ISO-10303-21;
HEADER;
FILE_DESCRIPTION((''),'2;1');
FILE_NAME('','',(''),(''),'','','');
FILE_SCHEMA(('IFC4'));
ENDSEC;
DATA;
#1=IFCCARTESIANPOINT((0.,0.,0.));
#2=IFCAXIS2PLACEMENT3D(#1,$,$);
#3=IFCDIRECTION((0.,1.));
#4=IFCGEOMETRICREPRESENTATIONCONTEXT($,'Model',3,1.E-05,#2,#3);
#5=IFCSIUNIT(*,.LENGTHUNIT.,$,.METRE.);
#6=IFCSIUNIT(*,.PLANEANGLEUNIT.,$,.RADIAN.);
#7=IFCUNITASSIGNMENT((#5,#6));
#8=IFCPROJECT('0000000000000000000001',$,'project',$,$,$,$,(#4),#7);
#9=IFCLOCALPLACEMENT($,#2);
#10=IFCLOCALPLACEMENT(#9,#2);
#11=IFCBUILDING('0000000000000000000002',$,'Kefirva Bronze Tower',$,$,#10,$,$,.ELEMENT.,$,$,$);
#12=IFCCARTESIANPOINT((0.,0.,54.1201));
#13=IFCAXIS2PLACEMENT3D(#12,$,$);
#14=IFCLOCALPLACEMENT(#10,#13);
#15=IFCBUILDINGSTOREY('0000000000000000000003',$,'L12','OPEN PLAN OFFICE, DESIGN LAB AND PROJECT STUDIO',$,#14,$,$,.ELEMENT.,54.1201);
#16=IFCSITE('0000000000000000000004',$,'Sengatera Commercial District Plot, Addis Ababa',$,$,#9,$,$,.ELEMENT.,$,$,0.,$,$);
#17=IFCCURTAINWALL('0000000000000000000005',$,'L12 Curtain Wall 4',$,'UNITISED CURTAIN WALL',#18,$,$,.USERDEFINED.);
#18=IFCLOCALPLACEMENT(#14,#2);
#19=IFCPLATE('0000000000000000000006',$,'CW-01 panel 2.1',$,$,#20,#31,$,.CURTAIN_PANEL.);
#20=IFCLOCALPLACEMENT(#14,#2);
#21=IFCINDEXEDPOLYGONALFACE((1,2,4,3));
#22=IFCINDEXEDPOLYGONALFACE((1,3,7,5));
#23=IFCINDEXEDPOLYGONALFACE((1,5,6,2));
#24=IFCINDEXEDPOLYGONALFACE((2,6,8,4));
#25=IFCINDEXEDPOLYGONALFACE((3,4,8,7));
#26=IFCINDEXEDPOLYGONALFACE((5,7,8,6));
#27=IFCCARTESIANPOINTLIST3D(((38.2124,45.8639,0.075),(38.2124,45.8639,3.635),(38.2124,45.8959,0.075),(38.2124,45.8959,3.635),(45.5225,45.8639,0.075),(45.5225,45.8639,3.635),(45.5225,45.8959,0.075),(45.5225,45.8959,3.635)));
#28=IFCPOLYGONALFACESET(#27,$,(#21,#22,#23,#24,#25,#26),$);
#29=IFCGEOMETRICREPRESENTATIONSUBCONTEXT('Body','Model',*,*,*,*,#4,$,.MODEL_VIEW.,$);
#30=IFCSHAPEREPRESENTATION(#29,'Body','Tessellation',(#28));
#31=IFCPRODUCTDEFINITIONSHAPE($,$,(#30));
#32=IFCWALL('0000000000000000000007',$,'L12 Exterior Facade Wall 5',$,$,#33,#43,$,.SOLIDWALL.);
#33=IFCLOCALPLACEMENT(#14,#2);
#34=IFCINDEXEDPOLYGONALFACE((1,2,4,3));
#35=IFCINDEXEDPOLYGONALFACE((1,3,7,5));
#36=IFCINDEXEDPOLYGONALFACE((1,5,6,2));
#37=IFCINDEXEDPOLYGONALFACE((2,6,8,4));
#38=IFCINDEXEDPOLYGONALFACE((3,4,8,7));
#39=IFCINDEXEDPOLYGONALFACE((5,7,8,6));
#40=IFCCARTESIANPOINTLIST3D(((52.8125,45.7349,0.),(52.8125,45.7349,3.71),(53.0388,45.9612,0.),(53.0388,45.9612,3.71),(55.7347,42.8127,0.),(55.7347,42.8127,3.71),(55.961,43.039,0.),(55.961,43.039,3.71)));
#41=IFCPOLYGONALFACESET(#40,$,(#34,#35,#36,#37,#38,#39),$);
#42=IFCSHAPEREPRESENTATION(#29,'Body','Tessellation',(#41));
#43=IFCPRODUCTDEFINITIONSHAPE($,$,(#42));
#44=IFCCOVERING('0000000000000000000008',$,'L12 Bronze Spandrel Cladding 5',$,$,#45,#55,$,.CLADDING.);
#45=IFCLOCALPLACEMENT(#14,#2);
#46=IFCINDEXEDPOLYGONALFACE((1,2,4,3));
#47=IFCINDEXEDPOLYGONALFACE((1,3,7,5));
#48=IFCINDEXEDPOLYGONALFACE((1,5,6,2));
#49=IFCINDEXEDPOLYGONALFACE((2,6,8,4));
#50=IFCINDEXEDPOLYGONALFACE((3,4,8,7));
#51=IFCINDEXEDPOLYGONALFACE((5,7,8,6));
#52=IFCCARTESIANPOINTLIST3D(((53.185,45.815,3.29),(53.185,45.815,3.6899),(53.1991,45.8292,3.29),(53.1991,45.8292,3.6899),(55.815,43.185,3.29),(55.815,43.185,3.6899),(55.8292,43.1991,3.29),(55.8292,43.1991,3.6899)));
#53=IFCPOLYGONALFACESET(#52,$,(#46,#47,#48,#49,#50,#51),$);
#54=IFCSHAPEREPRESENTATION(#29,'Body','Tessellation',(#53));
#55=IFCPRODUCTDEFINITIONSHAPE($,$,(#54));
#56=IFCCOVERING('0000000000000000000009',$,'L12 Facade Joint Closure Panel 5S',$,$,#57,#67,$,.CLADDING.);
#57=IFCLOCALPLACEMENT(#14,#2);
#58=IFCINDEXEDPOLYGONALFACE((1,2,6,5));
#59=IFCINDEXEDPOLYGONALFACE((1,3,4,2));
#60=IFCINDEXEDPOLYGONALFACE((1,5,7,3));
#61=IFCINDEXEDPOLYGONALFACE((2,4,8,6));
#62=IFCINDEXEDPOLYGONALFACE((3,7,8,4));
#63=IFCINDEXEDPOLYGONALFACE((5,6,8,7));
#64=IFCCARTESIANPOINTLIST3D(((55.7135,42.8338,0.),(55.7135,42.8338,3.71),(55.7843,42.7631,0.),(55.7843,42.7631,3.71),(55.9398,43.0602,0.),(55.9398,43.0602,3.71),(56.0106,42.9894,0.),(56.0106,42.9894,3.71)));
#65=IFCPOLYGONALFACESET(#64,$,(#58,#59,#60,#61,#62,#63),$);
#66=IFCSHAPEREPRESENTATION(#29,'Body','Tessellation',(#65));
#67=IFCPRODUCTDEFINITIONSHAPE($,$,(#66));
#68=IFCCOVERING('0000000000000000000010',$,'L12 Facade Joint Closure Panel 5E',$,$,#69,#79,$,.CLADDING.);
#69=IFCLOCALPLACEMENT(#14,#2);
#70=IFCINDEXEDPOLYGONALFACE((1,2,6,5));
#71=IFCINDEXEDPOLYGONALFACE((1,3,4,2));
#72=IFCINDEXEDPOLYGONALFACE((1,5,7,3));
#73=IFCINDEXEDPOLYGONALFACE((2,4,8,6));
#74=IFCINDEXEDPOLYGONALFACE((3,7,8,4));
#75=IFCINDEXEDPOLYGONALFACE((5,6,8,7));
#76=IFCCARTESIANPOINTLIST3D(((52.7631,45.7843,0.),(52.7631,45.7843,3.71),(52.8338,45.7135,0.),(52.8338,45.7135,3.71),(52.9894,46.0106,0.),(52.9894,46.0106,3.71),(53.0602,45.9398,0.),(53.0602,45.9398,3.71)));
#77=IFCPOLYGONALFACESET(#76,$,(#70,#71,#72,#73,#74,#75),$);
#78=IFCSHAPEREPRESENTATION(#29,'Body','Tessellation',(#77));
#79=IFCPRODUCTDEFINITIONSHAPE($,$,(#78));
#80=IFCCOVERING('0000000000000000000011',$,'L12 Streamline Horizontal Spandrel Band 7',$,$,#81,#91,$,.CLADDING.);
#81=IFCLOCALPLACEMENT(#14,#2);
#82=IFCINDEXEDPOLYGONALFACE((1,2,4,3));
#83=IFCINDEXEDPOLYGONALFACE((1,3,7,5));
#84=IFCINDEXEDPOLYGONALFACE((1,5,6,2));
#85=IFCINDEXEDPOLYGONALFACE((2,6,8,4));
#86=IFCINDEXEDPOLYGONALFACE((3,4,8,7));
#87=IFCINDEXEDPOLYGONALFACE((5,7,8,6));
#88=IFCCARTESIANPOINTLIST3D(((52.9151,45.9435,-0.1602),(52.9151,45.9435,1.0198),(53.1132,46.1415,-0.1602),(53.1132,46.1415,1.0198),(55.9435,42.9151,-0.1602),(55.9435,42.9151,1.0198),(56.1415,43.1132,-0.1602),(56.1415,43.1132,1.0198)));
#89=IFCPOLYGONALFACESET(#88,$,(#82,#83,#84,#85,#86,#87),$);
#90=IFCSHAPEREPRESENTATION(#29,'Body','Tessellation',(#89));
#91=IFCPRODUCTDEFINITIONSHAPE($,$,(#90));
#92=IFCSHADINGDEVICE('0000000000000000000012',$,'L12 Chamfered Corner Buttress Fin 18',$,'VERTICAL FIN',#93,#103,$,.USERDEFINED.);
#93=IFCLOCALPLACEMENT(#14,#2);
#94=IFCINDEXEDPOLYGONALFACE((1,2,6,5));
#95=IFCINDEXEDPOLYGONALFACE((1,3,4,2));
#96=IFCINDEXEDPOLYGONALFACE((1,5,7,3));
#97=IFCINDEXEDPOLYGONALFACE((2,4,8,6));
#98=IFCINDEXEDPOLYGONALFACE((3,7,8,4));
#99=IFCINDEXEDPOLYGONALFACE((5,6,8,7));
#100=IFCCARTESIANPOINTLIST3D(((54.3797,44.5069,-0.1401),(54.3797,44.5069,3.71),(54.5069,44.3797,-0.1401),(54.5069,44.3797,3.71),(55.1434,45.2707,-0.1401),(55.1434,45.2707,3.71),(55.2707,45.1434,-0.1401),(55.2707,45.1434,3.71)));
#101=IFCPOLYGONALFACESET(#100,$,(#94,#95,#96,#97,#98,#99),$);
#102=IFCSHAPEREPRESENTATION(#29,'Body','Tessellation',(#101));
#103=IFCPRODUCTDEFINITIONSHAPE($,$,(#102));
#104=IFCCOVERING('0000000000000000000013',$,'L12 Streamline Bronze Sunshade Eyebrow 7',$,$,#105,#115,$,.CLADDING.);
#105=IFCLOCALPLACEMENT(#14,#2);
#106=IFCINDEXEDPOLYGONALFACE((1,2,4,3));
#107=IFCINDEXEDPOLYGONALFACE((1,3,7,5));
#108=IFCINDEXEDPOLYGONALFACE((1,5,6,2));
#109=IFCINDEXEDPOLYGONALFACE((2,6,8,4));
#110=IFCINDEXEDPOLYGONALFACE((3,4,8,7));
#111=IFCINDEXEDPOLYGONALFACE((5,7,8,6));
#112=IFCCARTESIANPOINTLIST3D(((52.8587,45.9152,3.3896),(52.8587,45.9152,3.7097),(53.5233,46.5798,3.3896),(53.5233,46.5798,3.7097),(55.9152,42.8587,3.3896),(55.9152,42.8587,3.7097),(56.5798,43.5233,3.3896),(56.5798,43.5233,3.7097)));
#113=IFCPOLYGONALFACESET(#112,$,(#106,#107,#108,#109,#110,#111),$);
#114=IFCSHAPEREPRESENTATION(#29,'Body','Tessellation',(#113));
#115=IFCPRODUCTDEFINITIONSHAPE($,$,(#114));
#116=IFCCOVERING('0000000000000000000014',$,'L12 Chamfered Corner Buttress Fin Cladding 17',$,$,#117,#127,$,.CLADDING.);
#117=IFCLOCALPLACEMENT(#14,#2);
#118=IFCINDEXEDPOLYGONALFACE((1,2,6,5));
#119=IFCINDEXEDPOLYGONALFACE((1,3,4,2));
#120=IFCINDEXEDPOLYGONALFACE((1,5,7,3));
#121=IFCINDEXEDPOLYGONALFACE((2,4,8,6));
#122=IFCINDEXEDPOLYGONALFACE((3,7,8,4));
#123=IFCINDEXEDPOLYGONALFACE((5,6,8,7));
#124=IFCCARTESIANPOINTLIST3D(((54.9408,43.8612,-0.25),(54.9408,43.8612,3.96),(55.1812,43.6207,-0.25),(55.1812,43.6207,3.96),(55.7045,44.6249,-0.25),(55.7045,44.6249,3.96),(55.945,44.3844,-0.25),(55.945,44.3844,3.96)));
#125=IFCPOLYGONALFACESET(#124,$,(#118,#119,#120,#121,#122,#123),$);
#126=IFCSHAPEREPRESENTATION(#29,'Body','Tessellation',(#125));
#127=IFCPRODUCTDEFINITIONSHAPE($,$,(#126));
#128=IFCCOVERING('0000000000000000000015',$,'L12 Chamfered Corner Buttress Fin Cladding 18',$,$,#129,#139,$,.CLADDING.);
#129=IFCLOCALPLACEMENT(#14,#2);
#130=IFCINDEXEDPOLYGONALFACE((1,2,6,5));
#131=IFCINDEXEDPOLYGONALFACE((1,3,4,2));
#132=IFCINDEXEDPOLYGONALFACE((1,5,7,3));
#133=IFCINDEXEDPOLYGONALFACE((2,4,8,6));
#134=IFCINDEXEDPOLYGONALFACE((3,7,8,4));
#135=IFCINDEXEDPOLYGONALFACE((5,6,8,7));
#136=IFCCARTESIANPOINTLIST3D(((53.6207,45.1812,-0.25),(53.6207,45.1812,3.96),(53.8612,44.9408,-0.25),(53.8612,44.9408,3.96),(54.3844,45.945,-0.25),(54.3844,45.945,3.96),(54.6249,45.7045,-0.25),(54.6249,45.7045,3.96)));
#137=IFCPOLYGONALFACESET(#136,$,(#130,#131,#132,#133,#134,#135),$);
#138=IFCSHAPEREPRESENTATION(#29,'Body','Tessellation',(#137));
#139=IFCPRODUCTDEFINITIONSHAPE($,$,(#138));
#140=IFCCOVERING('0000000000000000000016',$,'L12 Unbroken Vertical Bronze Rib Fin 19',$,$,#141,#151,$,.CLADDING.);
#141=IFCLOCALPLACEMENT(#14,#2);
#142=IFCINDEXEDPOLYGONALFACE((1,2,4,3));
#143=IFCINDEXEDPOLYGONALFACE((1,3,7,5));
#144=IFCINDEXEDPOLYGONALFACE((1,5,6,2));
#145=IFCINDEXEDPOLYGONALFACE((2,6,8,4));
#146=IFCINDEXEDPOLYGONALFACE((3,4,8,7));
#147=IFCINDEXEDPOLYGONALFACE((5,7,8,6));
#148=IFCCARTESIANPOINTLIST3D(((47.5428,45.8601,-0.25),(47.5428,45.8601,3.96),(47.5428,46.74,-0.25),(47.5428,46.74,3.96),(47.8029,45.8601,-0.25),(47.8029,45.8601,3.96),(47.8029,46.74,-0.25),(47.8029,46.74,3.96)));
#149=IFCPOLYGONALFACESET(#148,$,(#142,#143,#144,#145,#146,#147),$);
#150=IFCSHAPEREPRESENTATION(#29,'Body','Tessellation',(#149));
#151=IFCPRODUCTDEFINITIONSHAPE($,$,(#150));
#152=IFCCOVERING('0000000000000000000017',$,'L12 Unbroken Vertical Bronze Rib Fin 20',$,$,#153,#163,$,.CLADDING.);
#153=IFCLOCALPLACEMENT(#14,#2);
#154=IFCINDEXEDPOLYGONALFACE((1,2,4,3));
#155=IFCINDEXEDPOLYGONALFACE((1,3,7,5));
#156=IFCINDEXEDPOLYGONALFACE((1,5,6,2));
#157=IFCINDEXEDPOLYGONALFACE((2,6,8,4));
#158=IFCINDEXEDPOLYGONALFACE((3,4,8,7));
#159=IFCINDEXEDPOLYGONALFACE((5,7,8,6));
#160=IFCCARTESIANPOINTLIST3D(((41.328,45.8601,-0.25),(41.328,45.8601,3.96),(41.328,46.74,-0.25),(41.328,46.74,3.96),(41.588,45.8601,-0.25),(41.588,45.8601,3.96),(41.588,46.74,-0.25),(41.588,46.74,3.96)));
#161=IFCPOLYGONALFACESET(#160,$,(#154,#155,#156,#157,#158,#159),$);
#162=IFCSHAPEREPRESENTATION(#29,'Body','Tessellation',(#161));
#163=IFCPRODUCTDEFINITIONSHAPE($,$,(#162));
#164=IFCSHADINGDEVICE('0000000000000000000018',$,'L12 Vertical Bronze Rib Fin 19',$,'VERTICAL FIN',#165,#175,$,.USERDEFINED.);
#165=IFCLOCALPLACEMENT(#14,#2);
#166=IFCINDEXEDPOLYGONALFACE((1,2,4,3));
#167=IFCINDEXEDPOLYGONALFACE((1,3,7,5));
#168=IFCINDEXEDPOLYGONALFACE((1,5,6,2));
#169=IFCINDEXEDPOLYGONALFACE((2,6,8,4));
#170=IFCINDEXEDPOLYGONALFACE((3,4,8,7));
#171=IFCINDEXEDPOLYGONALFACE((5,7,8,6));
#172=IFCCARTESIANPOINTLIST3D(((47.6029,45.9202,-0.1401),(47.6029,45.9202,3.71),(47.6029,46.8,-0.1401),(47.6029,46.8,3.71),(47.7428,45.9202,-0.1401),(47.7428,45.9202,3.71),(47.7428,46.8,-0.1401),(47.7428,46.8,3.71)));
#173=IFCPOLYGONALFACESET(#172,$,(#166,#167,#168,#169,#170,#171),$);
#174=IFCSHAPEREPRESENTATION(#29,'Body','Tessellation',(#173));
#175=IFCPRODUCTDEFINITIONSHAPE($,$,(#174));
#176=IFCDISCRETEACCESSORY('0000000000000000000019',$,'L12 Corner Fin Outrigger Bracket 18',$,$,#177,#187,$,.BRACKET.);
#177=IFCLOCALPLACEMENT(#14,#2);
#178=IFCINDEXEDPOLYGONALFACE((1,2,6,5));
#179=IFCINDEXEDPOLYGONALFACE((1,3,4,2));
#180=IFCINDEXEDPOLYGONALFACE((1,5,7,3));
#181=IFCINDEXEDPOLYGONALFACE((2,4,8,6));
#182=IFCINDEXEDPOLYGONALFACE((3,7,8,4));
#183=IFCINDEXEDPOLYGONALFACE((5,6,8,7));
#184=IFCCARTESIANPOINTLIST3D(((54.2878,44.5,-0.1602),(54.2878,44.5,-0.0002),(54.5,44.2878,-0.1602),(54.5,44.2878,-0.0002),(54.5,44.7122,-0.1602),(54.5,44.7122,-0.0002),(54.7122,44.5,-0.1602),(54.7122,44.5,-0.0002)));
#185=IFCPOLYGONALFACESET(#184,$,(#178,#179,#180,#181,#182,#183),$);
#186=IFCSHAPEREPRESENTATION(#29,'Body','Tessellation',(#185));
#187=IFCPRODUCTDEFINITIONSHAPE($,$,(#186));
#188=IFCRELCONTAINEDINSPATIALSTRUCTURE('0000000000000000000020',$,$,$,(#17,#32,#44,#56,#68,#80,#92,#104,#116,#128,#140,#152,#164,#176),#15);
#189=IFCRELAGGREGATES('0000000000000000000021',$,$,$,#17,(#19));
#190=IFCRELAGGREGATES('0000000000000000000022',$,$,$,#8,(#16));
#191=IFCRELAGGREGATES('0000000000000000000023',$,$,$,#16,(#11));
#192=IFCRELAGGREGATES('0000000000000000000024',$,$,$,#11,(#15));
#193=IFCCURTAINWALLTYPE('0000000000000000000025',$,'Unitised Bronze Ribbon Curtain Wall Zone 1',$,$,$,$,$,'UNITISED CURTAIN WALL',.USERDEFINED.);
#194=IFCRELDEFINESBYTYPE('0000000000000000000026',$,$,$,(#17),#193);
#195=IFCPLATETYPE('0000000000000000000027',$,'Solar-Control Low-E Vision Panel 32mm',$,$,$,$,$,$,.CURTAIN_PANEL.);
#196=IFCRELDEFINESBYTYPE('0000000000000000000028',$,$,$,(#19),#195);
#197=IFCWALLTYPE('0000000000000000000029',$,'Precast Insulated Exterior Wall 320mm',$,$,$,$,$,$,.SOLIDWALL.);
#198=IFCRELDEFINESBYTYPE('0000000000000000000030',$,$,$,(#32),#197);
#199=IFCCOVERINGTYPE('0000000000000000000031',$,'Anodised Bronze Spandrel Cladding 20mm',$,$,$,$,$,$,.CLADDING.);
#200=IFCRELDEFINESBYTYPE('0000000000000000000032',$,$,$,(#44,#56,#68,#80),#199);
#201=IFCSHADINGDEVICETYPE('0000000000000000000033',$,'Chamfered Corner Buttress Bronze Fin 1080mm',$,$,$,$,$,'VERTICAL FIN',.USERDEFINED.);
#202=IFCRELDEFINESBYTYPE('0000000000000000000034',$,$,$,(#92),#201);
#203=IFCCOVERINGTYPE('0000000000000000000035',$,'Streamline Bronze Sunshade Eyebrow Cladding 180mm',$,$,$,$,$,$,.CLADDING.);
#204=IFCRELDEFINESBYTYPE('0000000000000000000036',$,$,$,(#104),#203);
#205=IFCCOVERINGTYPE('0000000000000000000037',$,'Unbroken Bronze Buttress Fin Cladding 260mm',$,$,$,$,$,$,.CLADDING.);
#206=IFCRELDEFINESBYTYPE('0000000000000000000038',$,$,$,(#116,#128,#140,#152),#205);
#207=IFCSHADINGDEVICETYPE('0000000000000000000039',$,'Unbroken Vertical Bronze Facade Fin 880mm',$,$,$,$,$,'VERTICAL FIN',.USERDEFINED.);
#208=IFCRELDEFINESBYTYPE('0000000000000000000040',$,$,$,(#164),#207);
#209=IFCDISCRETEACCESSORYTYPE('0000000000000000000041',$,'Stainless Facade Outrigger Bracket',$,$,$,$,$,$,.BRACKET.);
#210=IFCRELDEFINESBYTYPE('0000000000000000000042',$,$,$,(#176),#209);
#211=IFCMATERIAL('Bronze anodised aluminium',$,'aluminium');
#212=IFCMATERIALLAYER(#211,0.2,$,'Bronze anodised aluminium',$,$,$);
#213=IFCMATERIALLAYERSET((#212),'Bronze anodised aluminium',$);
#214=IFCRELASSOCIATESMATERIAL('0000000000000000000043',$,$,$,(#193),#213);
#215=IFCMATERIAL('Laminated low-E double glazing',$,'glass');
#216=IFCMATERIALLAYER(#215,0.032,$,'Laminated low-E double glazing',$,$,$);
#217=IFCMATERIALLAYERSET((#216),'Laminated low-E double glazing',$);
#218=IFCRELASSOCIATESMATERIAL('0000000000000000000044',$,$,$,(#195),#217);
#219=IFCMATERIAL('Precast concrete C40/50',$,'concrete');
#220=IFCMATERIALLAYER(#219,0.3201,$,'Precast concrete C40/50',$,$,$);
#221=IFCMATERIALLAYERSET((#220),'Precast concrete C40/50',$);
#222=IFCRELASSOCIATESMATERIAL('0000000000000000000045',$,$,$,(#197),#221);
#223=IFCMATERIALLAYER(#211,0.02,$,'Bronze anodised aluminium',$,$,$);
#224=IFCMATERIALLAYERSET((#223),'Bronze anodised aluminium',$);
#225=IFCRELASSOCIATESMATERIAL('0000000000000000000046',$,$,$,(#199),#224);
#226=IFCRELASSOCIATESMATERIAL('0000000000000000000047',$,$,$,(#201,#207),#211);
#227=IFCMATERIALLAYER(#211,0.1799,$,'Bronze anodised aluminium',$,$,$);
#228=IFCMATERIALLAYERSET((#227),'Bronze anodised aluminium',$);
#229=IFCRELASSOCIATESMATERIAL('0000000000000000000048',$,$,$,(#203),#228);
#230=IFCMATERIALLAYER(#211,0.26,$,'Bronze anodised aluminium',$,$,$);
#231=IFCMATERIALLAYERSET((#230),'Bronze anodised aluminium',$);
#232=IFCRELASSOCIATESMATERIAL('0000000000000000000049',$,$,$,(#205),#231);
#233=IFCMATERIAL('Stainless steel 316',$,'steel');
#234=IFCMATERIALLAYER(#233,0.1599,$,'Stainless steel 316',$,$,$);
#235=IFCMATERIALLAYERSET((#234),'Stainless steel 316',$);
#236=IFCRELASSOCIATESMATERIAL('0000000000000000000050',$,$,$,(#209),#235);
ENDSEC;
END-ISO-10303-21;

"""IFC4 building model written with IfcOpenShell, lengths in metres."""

from ifc_helpers import new_model, si_unit, direction, frame, frame_2d, origin, origin_2d, place, context, subcontext, project, spatial, rectangle, extrude, material, layer, layer_set, material_profile, profile_set, type_object, element, aggregate, save


model = new_model("IFC4")

# Units and contexts
model_context = context("Model", 3, precision=1e-05, world=origin(), true_north=direction((0.0, 1.0)))
body_context = subcontext(model_context, "Body", "Model", "MODEL_VIEW")
ifc_project = project(units=[si_unit("LENGTHUNIT", "METRE"), si_unit("PLANEANGLEUNIT", "RADIAN")], contexts=[model_context])

# Site, building, storey
site_placement = place(None, origin())
site = spatial("IfcSite", under=ifc_project, at=site_placement, Name="Sengatera Commercial District Plot, Addis Ababa", CompositionType="ELEMENT", RefElevation=0.0)
building_placement = place(site_placement, origin())
building = spatial("IfcBuilding", under=site, at=building_placement, Name="Kefirva Bronze Tower", CompositionType="ELEMENT")
storey_placement = place(building_placement, frame((0.0, 0.0, 54.1201)))
storey = spatial("IfcBuildingStorey", under=building, at=storey_placement, Name="L12", Description="OPEN PLAN OFFICE, DESIGN LAB AND PROJECT STUDIO", CompositionType="ELEMENT", Elevation=54.1201)

# Shared definitions
ifc_material_1 = material(Name="Bronze anodised aluminium", Category="aluminium")
ifc_layer_1 = layer(ifc_material_1, 0.2, Name="Bronze anodised aluminium")
ifc_layer_set_1 = layer_set([ifc_layer_1], Name="Bronze anodised aluminium")
curtain_wall_type = type_object("IfcCurtainWallType", Name="Unitised Bronze Ribbon Curtain Wall Zone 1", ElementType="UNITISED CURTAIN WALL", PredefinedType="USERDEFINED", material=ifc_layer_set_1)

# Curtain wall
curtain_wall_1_placement = place(storey_placement, origin())
curtain_wall_1 = element("IfcCurtainWall", 1, at=curtain_wall_1_placement, inside=storey, type_object=curtain_wall_type, Name="L12 Curtain Wall 4", ObjectType="UNITISED CURTAIN WALL", PredefinedType="USERDEFINED")

# Plate
ifc_material_2 = material(Name="Laminated low-E double glazing", Category="glass")
ifc_layer_2 = layer(ifc_material_2, 0.032, Name="Laminated low-E double glazing")
ifc_layer_set_2 = layer_set([ifc_layer_2], Name="Laminated low-E double glazing")
plate_type = type_object("IfcPlateType", Name="Solar-Control Low-E Vision Panel 32mm", PredefinedType="CURTAIN_PANEL", material=ifc_layer_set_2)
plate_1_placement = place(storey_placement, frame((41.8674, 45.8799, 0.075), z_axis=(0.0, 0.0, 1.0), x_axis=(-1.0, 0.0, 0.0)))
plate_1 = element("IfcPlate", 2, at=plate_1_placement, type_object=plate_type, Name="CW-01 panel 2.1", PredefinedType="CURTAIN_PANEL", context=body_context, shape_type="SweptSolid", body=[
    extrude(rectangle(XDim=7.3101, YDim=0.032, at=origin_2d()), origin(), (0.0, 0.0, 1.0), 3.5601),
])
aggregate(curtain_wall_1, [plate_1])

# Wall
ifc_material_3 = material(Name="Precast concrete C40/50", Category="concrete")
ifc_layer_3 = layer(ifc_material_3, 0.3201, Name="Precast concrete C40/50")
ifc_layer_set_3 = layer_set([ifc_layer_3], Name="Precast concrete C40/50")
wall_type = type_object("IfcWallType", Name="Precast Insulated Exterior Wall 320mm", PredefinedType="SOLIDWALL", material=ifc_layer_set_3)
wall_placement = place(storey_placement, frame((55.8479, 42.9258, 0.0), z_axis=(0.0, 0.0, 1.0), x_axis=(-0.707107, 0.707107, 0.0)))
element("IfcWall", 3, at=wall_placement, inside=storey, type_object=wall_type, Name="L12 Exterior Facade Wall 5", PredefinedType="SOLIDWALL", context=body_context, shape_type="SweptSolid", body=[
    extrude(rectangle(XDim=4.1326, YDim=0.3201, at=frame_2d((2.0664, 0.0))), origin(), (0.0, 0.0, 1.0), 3.71),
])

# Coverings
ifc_layer_4 = layer(ifc_material_1, 0.02, Name="Bronze anodised aluminium")
ifc_layer_set_4 = layer_set([ifc_layer_4], Name="Bronze anodised aluminium")
covering_type_1 = type_object("IfcCoveringType", Name="Anodised Bronze Spandrel Cladding 20mm", PredefinedType="CLADDING", material=ifc_layer_set_4)
covering_1_placement = place(storey_placement, frame((54.5071, 44.5071, 3.29), z_axis=(0.0, 0.0, 1.0), x_axis=(-0.707107, 0.707107, 0.0)))
element("IfcCovering", 4, at=covering_1_placement, inside=storey, type_object=covering_type_1, Name="L12 Bronze Spandrel Cladding 5", PredefinedType="CLADDING", context=body_context, shape_type="SweptSolid", body=[
    extrude(rectangle(XDim=3.7195, YDim=0.02, at=origin_2d()), origin(), (0.0, 0.0, 1.0), 0.3999),
])
for number, where, z_axis, x_axis, name in (
    (5, (55.8621, 42.9116, 0.0), (0.0, 0.0, 1.0), (-0.707107, 0.707107, 0.0), "L12 Facade Joint Closure Panel 5S"),
    (6, (52.9116, 45.8621, 0.0), (0.0, 0.0, 1.0), (-0.707107, 0.707107, 0.0), "L12 Facade Joint Closure Panel 5E"),
):
    element("IfcCovering", number, at=place(storey_placement, frame(where, z_axis=z_axis, x_axis=x_axis)), inside=storey, type_object=covering_type_1, Name=name, PredefinedType="CLADDING", context=body_context, shape_type="SweptSolid", body=[
        extrude(rectangle(XDim=0.1001, YDim=0.3201, at=origin_2d()), origin(), (0.0, 0.0, 1.0), 3.71),
    ])
covering_2_placement = place(storey_placement, frame((54.5283, 44.5283, -0.1602), z_axis=(0.0, 0.0, 1.0), x_axis=(-0.707107, 0.707107, 0.0)))
element("IfcCovering", 7, at=covering_2_placement, inside=storey, type_object=covering_type_1, Name="L12 Streamline Horizontal Spandrel Band 7", PredefinedType="CLADDING", context=body_context, shape_type="SweptSolid", body=[
    extrude(rectangle(XDim=4.2827, YDim=0.28, at=origin_2d()), origin(), (0.0, 0.0, 1.0), 1.1799),
])

# Shading device
ifc_material_profile_1 = material_profile(ifc_material_1, rectangle(XDim=0.1799, YDim=1.0801, at=origin_2d()), Name="BRONZE BUTTRESS FIN 180x1080")
ifc_profile_set_1 = profile_set([ifc_material_profile_1], Name="Bronze anodised aluminium")
shading_device_type_1 = type_object("IfcShadingDeviceType", Name="Chamfered Corner Buttress Bronze Fin 1080mm", ElementType="VERTICAL FIN", PredefinedType="USERDEFINED", material=ifc_profile_set_1)
shading_device_1_placement = place(storey_placement, frame((54.8252, 44.8252, -0.1401), z_axis=(0.0, 0.0, 1.0), x_axis=(-0.707107, 0.707107, 0.0)))
element("IfcShadingDevice", 8, at=shading_device_1_placement, inside=storey, type_object=shading_device_type_1, Name="L12 Chamfered Corner Buttress Fin 18", ObjectType="VERTICAL FIN", PredefinedType="USERDEFINED", context=body_context, shape_type="SweptSolid", body=[
    extrude(rectangle(XDim=0.1799, YDim=1.0801, at=origin_2d()), origin(), (0.0, 0.0, 1.0), 3.8501),
])

# Coverings
ifc_layer_5 = layer(ifc_material_1, 0.1799, Name="Bronze anodised aluminium")
ifc_layer_set_5 = layer_set([ifc_layer_5], Name="Bronze anodised aluminium")
covering_type_2 = type_object("IfcCoveringType", Name="Streamline Bronze Sunshade Eyebrow Cladding 180mm", PredefinedType="CLADDING", material=ifc_layer_set_5)
covering_3_placement = place(storey_placement, frame((54.7192, 44.7192, 3.3896), z_axis=(0.0, 0.0, 1.0), x_axis=(-0.707107, 0.707107, 0.0)))
element("IfcCovering", 9, at=covering_3_placement, inside=storey, type_object=covering_type_2, Name="L12 Streamline Bronze Sunshade Eyebrow 7", PredefinedType="CLADDING", context=body_context, shape_type="SweptSolid", body=[
    extrude(rectangle(XDim=4.3225, YDim=0.9399, at=origin_2d()), origin(), (0.0, 0.0, 1.0), 0.3201),
])
ifc_layer_6 = layer(ifc_material_1, 0.26, Name="Bronze anodised aluminium")
ifc_layer_set_6 = layer_set([ifc_layer_6], Name="Bronze anodised aluminium")
covering_type_3 = type_object("IfcCoveringType", Name="Unbroken Bronze Buttress Fin Cladding 260mm", PredefinedType="CLADDING", material=ifc_layer_set_6)
for number, where, z_axis, x_axis, name in (
    (10, (55.4429, 44.1228, -0.25), (0.0, 0.0, 1.0), (-0.707107, 0.707107, 0.0), "L12 Chamfered Corner Buttress Fin Cladding 17"),
    (11, (54.1228, 45.4429, -0.25), (0.0, 0.0, 1.0), (-0.707107, 0.707107, 0.0), "L12 Chamfered Corner Buttress Fin Cladding 18"),
):
    element("IfcCovering", number, at=place(storey_placement, frame(where, z_axis=z_axis, x_axis=x_axis)), inside=storey, type_object=covering_type_3, Name=name, PredefinedType="CLADDING", context=body_context, shape_type="SweptSolid", body=[
        extrude(rectangle(XDim=0.3401, YDim=1.0801, at=origin_2d()), origin(), (0.0, 0.0, 1.0), 4.21),
    ])
for number, where, z_axis, x_axis, name in (
    (12, (47.6729, 46.3, -0.25), (0.0, 0.0, 1.0), (-1.0, 0.0, 0.0), "L12 Unbroken Vertical Bronze Rib Fin 19"),
    (13, (41.458, 46.3, -0.25), (0.0, 0.0, 1.0), (-1.0, 0.0, 0.0), "L12 Unbroken Vertical Bronze Rib Fin 20"),
):
    element("IfcCovering", number, at=place(storey_placement, frame(where, z_axis=z_axis, x_axis=x_axis)), inside=storey, type_object=covering_type_3, Name=name, PredefinedType="CLADDING", context=body_context, shape_type="SweptSolid", body=[
        extrude(rectangle(XDim=0.26, YDim=0.8799, at=origin_2d()), origin(), (0.0, 0.0, 1.0), 4.21),
    ])

# Shading device
ifc_material_profile_2 = material_profile(ifc_material_1, rectangle(XDim=0.1399, YDim=0.8799, at=origin_2d()), Name="BRONZE FIN 140x880")
ifc_profile_set_2 = profile_set([ifc_material_profile_2], Name="Bronze anodised aluminium")
shading_device_type_2 = type_object("IfcShadingDeviceType", Name="Unbroken Vertical Bronze Facade Fin 880mm", ElementType="VERTICAL FIN", PredefinedType="USERDEFINED", material=ifc_profile_set_2)
shading_device_2_placement = place(storey_placement, frame((47.6729, 46.3601, -0.1401), z_axis=(0.0, 0.0, 1.0), x_axis=(-1.0, 0.0, 0.0)))
element("IfcShadingDevice", 14, at=shading_device_2_placement, inside=storey, type_object=shading_device_type_2, Name="L12 Vertical Bronze Rib Fin 19", ObjectType="VERTICAL FIN", PredefinedType="USERDEFINED", context=body_context, shape_type="SweptSolid", body=[
    extrude(rectangle(XDim=0.1399, YDim=0.8799, at=origin_2d()), origin(), (0.0, 0.0, 1.0), 3.8501),
])

# Discrete accessory
ifc_material_4 = material(Name="Stainless steel 316", Category="steel")
ifc_layer_7 = layer(ifc_material_4, 0.1599, Name="Stainless steel 316")
ifc_layer_set_7 = layer_set([ifc_layer_7], Name="Stainless steel 316")
discrete_accessory_type = type_object("IfcDiscreteAccessoryType", Name="Stainless Facade Outrigger Bracket", PredefinedType="BRACKET", material=ifc_layer_set_7)
discrete_accessory_1_placement = place(storey_placement, frame((54.5, 44.5, -0.1602), z_axis=(0.0, 0.0, 1.0), x_axis=(-0.707107, 0.707107, 0.0)))
element("IfcDiscreteAccessory", 15, at=discrete_accessory_1_placement, inside=storey, type_object=discrete_accessory_type, Name="L12 Corner Fin Outrigger Bracket 18", PredefinedType="BRACKET", context=body_context, shape_type="SweptSolid", body=[
    extrude(rectangle(XDim=0.3, YDim=0.3, at=origin_2d()), origin(), (0.0, 0.0, 1.0), 0.1599),
])

save(model, "model.ifc")
